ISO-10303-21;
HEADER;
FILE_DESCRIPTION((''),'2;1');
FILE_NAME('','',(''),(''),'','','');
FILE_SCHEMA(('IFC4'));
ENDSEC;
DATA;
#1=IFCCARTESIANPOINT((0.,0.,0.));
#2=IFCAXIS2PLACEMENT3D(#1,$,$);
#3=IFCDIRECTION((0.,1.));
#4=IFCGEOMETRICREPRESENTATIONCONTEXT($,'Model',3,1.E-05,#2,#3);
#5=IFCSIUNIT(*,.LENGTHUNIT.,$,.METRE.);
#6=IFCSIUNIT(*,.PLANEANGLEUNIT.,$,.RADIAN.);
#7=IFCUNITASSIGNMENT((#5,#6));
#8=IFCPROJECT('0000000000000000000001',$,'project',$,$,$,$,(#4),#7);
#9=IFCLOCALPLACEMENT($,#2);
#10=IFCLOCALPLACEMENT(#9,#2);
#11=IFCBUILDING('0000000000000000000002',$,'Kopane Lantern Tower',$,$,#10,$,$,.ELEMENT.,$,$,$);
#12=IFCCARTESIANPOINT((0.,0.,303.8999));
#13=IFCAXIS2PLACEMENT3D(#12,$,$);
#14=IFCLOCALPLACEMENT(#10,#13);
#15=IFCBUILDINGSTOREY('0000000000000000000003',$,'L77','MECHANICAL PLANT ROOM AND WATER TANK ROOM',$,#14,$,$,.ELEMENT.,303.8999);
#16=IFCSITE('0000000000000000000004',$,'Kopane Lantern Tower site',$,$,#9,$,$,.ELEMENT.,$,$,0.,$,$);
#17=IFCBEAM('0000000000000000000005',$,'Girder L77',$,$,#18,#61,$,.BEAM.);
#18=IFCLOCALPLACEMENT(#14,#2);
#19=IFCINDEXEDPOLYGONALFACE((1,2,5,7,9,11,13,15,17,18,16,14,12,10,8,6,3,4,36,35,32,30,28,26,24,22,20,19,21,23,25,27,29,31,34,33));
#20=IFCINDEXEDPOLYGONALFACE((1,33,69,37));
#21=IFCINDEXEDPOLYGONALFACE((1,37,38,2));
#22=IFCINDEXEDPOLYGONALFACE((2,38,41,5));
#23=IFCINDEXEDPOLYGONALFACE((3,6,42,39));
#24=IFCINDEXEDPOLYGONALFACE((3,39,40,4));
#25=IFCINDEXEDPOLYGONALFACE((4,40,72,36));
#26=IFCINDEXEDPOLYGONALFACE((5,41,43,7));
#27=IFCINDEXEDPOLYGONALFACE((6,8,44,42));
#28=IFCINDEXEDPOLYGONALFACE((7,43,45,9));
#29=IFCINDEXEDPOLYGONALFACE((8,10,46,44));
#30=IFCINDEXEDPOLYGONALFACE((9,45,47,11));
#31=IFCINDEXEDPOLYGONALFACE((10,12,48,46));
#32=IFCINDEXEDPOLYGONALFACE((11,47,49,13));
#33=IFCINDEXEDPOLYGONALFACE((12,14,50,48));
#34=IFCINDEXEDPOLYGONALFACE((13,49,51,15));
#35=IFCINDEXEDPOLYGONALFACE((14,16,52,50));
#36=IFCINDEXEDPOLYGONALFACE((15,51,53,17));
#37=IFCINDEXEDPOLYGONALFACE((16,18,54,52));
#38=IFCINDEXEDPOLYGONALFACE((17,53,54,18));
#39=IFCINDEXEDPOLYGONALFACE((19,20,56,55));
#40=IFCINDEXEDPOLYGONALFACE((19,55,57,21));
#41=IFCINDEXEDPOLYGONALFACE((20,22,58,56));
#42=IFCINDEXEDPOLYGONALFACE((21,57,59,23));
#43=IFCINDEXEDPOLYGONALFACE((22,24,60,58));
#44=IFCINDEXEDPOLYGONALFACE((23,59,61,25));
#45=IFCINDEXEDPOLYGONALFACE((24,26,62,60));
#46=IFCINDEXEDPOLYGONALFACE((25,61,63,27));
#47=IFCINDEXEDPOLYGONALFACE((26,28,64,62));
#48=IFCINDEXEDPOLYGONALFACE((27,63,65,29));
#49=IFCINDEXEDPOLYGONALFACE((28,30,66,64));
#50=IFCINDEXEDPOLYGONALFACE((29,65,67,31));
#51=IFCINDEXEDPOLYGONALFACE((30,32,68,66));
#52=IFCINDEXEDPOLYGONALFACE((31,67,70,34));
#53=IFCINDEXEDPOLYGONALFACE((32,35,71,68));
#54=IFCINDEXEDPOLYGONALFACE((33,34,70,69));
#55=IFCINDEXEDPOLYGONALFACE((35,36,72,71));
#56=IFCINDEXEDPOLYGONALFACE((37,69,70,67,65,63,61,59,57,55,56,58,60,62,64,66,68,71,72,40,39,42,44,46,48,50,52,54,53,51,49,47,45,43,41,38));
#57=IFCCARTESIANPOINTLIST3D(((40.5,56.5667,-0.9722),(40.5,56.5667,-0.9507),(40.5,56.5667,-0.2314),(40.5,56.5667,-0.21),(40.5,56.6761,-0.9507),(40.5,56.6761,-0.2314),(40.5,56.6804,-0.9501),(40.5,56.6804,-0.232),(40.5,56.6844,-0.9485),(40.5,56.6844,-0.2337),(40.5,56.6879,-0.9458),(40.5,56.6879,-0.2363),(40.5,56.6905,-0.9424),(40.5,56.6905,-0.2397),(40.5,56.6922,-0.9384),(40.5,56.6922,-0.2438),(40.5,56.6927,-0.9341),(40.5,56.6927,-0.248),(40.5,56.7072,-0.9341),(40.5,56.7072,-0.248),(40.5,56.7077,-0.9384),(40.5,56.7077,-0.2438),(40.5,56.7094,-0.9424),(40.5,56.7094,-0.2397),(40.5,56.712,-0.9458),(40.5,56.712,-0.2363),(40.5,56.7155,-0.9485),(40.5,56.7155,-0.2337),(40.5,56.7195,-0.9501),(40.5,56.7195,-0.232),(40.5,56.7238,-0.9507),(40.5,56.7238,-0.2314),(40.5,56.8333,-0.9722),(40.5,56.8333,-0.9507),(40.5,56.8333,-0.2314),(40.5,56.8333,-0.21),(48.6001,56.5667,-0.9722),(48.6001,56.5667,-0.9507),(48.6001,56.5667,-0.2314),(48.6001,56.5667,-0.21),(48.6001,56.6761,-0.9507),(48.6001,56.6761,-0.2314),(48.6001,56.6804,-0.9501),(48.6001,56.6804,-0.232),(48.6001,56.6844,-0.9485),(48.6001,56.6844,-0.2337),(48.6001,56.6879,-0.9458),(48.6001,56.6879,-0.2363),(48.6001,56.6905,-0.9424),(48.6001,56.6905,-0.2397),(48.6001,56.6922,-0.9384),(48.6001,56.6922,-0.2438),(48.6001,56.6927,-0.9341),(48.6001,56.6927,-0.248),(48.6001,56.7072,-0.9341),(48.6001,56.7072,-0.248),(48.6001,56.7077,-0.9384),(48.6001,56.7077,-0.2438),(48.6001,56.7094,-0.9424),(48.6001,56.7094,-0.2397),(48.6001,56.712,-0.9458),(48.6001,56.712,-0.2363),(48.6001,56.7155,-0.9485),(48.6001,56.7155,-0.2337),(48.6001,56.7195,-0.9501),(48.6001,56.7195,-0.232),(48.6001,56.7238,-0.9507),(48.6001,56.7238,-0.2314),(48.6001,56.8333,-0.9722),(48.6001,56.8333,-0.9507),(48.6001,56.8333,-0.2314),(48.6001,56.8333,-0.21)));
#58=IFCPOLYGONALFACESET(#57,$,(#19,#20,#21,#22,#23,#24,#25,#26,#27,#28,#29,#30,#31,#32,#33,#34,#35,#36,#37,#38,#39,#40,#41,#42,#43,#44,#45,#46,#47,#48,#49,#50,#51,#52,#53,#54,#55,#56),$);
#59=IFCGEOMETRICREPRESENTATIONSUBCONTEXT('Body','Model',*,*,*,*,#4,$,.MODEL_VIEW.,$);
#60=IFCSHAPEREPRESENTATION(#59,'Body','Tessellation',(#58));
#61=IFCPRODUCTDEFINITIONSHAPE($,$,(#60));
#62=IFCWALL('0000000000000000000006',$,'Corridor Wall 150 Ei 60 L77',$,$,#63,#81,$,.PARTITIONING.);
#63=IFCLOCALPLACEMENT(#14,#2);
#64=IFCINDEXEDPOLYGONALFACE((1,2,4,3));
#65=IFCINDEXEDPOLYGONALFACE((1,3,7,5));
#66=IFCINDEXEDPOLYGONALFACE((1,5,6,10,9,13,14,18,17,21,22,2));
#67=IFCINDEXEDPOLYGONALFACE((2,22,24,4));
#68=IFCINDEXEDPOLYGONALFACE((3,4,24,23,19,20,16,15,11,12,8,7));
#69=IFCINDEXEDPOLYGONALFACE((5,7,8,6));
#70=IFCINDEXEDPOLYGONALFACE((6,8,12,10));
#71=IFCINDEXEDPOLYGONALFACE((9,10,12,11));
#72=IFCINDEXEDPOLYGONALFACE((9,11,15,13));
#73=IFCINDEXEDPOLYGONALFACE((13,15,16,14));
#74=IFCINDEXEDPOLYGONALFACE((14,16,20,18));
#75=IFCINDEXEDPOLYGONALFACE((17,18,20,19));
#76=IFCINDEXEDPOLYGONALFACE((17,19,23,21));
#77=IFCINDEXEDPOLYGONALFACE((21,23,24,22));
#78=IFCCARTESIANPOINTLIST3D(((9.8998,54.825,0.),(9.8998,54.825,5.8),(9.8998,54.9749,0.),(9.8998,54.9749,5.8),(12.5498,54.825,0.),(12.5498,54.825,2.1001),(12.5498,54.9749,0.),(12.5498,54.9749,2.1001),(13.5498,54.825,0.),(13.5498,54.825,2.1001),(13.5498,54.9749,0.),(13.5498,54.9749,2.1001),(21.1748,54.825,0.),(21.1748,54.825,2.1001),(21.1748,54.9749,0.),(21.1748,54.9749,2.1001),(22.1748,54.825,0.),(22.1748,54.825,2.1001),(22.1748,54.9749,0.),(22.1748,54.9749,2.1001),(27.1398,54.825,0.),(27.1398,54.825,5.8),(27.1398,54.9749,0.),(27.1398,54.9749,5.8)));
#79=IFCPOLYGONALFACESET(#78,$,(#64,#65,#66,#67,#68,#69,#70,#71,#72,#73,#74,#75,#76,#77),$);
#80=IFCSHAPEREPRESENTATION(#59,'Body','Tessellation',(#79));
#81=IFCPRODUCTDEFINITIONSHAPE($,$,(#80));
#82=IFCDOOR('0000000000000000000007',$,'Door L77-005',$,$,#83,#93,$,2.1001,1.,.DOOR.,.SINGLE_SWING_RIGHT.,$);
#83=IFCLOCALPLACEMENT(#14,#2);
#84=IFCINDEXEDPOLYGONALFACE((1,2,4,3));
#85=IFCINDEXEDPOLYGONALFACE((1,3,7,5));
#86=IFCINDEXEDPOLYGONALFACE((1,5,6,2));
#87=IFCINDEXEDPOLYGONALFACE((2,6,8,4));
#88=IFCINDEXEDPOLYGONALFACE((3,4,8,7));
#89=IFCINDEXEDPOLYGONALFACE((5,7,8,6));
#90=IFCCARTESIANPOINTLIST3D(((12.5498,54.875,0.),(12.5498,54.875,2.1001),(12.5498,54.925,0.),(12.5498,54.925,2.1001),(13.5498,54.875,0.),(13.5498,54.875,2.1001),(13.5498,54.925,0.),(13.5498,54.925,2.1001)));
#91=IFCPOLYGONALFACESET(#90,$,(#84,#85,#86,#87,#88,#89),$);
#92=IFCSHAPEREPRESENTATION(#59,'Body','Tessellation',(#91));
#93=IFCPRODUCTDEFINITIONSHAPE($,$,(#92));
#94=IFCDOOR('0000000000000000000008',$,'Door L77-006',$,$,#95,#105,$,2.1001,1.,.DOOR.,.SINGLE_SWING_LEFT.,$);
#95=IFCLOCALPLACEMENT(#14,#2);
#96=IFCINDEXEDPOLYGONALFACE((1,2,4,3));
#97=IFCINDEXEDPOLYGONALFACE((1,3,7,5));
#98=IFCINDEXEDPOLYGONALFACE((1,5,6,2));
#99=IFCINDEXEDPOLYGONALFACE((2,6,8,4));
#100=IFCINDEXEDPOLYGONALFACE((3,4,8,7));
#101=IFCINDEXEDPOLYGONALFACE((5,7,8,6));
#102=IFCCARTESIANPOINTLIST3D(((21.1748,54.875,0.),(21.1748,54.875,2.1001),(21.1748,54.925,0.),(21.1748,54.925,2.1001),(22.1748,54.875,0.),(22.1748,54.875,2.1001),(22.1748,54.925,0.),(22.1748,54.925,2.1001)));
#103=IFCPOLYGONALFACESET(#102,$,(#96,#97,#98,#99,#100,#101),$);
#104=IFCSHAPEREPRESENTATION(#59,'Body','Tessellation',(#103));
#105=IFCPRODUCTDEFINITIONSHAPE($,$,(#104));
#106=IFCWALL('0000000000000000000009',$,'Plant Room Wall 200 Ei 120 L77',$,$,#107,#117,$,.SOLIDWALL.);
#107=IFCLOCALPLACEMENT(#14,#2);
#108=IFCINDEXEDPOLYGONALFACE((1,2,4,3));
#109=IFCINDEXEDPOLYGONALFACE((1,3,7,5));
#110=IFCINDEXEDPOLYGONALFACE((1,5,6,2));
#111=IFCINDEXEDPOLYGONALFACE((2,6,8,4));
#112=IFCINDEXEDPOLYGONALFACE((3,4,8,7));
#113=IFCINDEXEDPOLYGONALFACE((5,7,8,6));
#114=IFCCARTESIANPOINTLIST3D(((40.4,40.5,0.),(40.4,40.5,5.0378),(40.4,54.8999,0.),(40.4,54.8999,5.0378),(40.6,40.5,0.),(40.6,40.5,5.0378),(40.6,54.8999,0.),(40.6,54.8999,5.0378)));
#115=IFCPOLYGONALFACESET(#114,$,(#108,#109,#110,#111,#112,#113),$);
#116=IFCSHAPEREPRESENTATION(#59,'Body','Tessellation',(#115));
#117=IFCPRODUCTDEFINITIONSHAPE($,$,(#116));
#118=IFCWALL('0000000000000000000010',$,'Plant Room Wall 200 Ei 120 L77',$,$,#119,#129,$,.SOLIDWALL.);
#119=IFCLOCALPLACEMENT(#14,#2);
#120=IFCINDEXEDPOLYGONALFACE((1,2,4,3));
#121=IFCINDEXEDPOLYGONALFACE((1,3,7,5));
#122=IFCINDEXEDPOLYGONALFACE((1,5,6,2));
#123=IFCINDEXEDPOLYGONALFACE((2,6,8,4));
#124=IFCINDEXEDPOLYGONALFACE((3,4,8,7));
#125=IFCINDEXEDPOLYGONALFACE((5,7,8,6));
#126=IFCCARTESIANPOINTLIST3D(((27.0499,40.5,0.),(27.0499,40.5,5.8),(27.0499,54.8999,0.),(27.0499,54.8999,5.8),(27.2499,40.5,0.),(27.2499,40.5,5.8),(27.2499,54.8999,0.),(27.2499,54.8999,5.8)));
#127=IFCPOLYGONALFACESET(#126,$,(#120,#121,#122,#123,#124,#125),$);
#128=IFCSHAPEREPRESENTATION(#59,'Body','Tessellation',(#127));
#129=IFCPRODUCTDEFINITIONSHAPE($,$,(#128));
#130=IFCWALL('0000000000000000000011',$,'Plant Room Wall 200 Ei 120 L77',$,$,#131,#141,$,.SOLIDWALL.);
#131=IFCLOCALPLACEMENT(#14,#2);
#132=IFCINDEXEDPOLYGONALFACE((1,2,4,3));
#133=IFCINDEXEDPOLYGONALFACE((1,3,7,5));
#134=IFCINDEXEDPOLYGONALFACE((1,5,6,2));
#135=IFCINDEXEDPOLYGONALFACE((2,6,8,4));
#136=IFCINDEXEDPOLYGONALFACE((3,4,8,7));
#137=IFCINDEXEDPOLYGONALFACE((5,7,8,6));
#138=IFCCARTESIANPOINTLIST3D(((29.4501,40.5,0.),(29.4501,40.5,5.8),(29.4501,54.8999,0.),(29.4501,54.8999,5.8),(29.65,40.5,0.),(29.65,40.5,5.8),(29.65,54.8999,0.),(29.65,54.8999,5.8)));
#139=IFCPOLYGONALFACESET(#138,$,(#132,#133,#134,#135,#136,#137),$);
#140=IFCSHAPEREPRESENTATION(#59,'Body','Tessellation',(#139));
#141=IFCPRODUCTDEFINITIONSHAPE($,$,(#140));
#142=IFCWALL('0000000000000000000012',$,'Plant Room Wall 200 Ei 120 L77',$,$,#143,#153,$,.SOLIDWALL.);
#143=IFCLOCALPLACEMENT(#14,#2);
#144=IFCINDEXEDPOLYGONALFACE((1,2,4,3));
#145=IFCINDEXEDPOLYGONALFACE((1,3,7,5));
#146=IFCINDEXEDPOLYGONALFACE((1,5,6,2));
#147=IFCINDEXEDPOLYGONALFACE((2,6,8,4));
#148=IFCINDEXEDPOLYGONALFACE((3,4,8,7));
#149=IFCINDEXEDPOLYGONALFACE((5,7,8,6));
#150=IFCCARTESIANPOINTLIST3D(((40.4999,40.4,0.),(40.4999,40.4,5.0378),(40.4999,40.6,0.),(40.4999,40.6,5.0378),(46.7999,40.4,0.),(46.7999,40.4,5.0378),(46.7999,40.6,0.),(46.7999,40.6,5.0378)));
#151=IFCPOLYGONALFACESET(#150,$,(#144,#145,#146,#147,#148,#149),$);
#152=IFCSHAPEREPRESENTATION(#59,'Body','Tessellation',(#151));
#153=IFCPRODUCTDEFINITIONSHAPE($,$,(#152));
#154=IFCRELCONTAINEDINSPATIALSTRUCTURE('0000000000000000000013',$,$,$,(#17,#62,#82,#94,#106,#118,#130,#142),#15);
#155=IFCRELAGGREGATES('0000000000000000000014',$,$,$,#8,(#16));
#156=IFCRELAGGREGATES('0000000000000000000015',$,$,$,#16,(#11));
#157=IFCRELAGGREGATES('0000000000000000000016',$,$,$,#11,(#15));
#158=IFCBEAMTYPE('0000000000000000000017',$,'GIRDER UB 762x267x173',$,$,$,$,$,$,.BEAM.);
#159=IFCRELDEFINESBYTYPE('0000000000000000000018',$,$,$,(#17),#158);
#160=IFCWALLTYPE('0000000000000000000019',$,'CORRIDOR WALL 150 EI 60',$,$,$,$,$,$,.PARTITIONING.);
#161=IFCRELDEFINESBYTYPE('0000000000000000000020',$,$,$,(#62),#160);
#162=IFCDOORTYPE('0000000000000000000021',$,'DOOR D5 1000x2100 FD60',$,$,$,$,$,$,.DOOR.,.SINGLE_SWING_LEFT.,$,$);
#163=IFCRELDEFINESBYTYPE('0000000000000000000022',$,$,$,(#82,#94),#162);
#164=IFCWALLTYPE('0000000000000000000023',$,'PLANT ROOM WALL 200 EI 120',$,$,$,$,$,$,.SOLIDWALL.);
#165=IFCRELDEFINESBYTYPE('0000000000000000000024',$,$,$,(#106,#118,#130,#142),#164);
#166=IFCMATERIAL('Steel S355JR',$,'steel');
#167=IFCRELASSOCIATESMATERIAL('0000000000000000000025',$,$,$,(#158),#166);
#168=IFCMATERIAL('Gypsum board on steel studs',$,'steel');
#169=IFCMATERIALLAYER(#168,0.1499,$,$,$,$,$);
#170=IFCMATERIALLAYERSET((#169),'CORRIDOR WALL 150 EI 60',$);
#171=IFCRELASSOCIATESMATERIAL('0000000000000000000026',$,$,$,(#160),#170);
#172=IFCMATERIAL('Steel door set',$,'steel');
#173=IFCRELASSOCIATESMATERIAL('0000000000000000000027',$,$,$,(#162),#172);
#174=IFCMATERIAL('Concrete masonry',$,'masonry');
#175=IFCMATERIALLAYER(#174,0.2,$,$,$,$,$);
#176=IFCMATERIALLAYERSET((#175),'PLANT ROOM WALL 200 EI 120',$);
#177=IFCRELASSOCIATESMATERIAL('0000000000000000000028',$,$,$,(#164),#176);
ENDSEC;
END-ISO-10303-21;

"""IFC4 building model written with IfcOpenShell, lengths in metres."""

from ifc_helpers import new_model, si_unit, direction, frame, frame_2d, origin, origin_2d, place, context, subcontext, project, spatial, rectangle, i_section, extrude, material, layer, layer_set, material_profile, profile_set, type_object, element, fill, save


model = new_model("IFC4")

# Units and contexts
model_context = context("Model", 3, precision=1e-05, world=origin(), true_north=direction((0.0, 1.0)))
body_context = subcontext(model_context, "Body", "Model", "MODEL_VIEW")
ifc_project = project(units=[si_unit("LENGTHUNIT", "METRE"), si_unit("PLANEANGLEUNIT", "RADIAN")], contexts=[model_context])

# Site, building, storey
site_placement = place(None, origin())
site = spatial("IfcSite", under=ifc_project, at=site_placement, Name="Kopane Lantern Tower site", CompositionType="ELEMENT", RefElevation=0.0)
building_placement = place(site_placement, origin())
building = spatial("IfcBuilding", under=site, at=building_placement, Name="Kopane Lantern Tower", CompositionType="ELEMENT")
storey_placement = place(building_placement, frame((0.0, 0.0, 303.8999)))
storey = spatial("IfcBuildingStorey", under=building, at=storey_placement, Name="L77", Description="MECHANICAL PLANT ROOM AND WATER TANK ROOM", CompositionType="ELEMENT", Elevation=303.8999)

# Beam
ifc_material_1 = material(Name="Steel S355JR", Category="steel")
ifc_material_profile_1 = material_profile(ifc_material_1, i_section(OverallWidth=0.2666, OverallDepth=0.7622, WebThickness=0.0144, FlangeThickness=0.0215, FilletRadius=0.0166, at=origin_2d()), Name="UB 762x267x173")
ifc_profile_set_1 = profile_set([ifc_material_profile_1], Name="Steel S355JR")
beam_type = type_object("IfcBeamType", Name="GIRDER UB 762x267x173", PredefinedType="BEAM", material=ifc_profile_set_1)
for number, where, z_axis, x_axis, name in (
    (1, (40.5, 56.7, -0.5911), (1.0, 0.0, 0.0), (0.0, 1.0, 0.0), "Girder L77"),
):
    element("IfcBeam", number, at=place(storey_placement, frame(where, z_axis=z_axis, x_axis=x_axis)), inside=storey, type_object=beam_type, Name=name, PredefinedType="BEAM", context=body_context, shape_type="SweptSolid", body=[
        extrude(i_section(OverallWidth=0.2666, OverallDepth=0.7622, WebThickness=0.0144, FlangeThickness=0.0215, FilletRadius=0.0166, at=origin_2d()), origin(), (0.0, 0.0, 1.0), 8.1001),
    ])

# Wall, openings, doors
ifc_material_2 = material(Name="Gypsum board on steel studs", Category="steel")
ifc_layer_1 = layer(ifc_material_2, 0.1499)
ifc_layer_set_1 = layer_set([ifc_layer_1], Name="CORRIDOR WALL 150 EI 60")
wall_type_1 = type_object("IfcWallType", Name="CORRIDOR WALL 150 EI 60", PredefinedType="PARTITIONING", material=ifc_layer_set_1)
wall_1_placement = place(storey_placement, frame((27.1399, 54.8999, 0.0), z_axis=(0.0, 0.0, 1.0), x_axis=(-1.0, 0.0, 0.0)))
wall_1 = element("IfcWall", 2, at=wall_1_placement, inside=storey, type_object=wall_type_1, Name="Corridor Wall 150 Ei 60 L77", PredefinedType="PARTITIONING", context=body_context, shape_type="SweptSolid", body=[
    extrude(rectangle(XDim=17.24, YDim=0.1499, at=frame_2d((8.6201, 0.0))), origin(), (0.0, 0.0, 1.0), 5.8),
])
opening_1_placement = place(wall_1_placement, frame((13.5901, 0.0, 0.0)))
opening_1 = element("IfcOpeningElement", 3, at=opening_1_placement, cuts=wall_1, PredefinedType="OPENING", context=body_context, shape_type="SweptSolid", body=[
    extrude(rectangle(XDim=1.0, YDim=2.1001, at=frame_2d((0.5, 1.05))), frame((0.0, 0.085, 0.0), z_axis=(0.0, -1.0, 0.0), x_axis=(1.0, 0.0, 0.0)), (0.0, 0.0, 1.0), 0.1699),
])
opening_2_placement = place(wall_1_placement, frame((4.9651, 0.0, 0.0)))
opening_2 = element("IfcOpeningElement", 4, at=opening_2_placement, cuts=wall_1, PredefinedType="OPENING", context=body_context, shape_type="SweptSolid", body=[
    extrude(rectangle(XDim=1.0, YDim=2.1001, at=frame_2d((0.5, 1.05))), frame((0.0, 0.085, 0.0), z_axis=(0.0, -1.0, 0.0), x_axis=(1.0, 0.0, 0.0)), (0.0, 0.0, 1.0), 0.1699),
])
ifc_material_3 = material(Name="Steel door set", Category="steel")
door_type = type_object("IfcDoorType", Name="DOOR D5 1000x2100 FD60", OperationType="SINGLE_SWING_LEFT", PredefinedType="DOOR", material=ifc_material_3)
door_1_placement = place(opening_1_placement, origin())
door_1 = element("IfcDoor", 5, at=door_1_placement, inside=storey, type_object=door_type, Name="Door L77-005", OperationType="SINGLE_SWING_RIGHT", OverallHeight=2.1001, OverallWidth=1.0, PredefinedType="DOOR", context=body_context, shape_type="SweptSolid", body=[
    extrude(rectangle(XDim=1.0, YDim=2.1001, at=frame_2d((0.5, 1.05))), frame((0.0, 0.0249, 0.0), z_axis=(0.0, -1.0, 0.0), x_axis=(1.0, 0.0, 0.0)), (0.0, 0.0, 1.0), 0.05),
])
fill(opening_1, door_1)
door_2_placement = place(opening_2_placement, origin())
door_2 = element("IfcDoor", 6, at=door_2_placement, inside=storey, type_object=door_type, Name="Door L77-006", OperationType="SINGLE_SWING_LEFT", OverallHeight=2.1001, OverallWidth=1.0, PredefinedType="DOOR", context=body_context, shape_type="SweptSolid", body=[
    extrude(rectangle(XDim=1.0, YDim=2.1001, at=frame_2d((0.5, 1.05))), frame((0.0, 0.0249, 0.0), z_axis=(0.0, -1.0, 0.0), x_axis=(1.0, 0.0, 0.0)), (0.0, 0.0, 1.0), 0.05),
])
fill(opening_2, door_2)

# Walls
ifc_material_4 = material(Name="Concrete masonry", Category="masonry")
ifc_layer_2 = layer(ifc_material_4, 0.2)
ifc_layer_set_2 = layer_set([ifc_layer_2], Name="PLANT ROOM WALL 200 EI 120")
wall_type_2 = type_object("IfcWallType", Name="PLANT ROOM WALL 200 EI 120", PredefinedType="SOLIDWALL", material=ifc_layer_set_2)
wall_2_placement = place(storey_placement, frame((40.5, 40.5, 0.0), z_axis=(0.0, 0.0, 1.0), x_axis=(0.0, 1.0, 0.0)))
element("IfcWall", 7, at=wall_2_placement, inside=storey, type_object=wall_type_2, Name="Plant Room Wall 200 Ei 120 L77", PredefinedType="SOLIDWALL", context=body_context, shape_type="SweptSolid", body=[
    extrude(rectangle(XDim=14.3999, YDim=0.2, at=frame_2d((7.2, 0.0))), origin(), (0.0, 0.0, 1.0), 5.0378),
])
for number, where, z_axis, x_axis, name in (
    (8, (27.1499, 40.5, 0.0), (0.0, 0.0, 1.0), (0.0, 1.0, 0.0), "Plant Room Wall 200 Ei 120 L77"),
    (9, (29.55, 40.5, 0.0), (0.0, 0.0, 1.0), (0.0, 1.0, 0.0), "Plant Room Wall 200 Ei 120 L77"),
):
    element("IfcWall", number, at=place(storey_placement, frame(where, z_axis=z_axis, x_axis=x_axis)), inside=storey, type_object=wall_type_2, Name=name, PredefinedType="SOLIDWALL", context=body_context, shape_type="SweptSolid", body=[
        extrude(rectangle(XDim=14.3999, YDim=0.2, at=frame_2d((7.2, 0.0))), origin(), (0.0, 0.0, 1.0), 5.8),
    ])
wall_3_placement = place(storey_placement, frame((40.5, 40.5, 0.0), z_axis=(0.0, 0.0, 1.0), x_axis=(1.0, 0.0, 0.0)))
element("IfcWall", 10, at=wall_3_placement, inside=storey, type_object=wall_type_2, Name="Plant Room Wall 200 Ei 120 L77", PredefinedType="SOLIDWALL", context=body_context, shape_type="SweptSolid", body=[
    extrude(rectangle(XDim=6.3, YDim=0.2, at=frame_2d((3.1499, 0.0))), origin(), (0.0, 0.0, 1.0), 5.0378),
])

save(model, "model.ifc")
